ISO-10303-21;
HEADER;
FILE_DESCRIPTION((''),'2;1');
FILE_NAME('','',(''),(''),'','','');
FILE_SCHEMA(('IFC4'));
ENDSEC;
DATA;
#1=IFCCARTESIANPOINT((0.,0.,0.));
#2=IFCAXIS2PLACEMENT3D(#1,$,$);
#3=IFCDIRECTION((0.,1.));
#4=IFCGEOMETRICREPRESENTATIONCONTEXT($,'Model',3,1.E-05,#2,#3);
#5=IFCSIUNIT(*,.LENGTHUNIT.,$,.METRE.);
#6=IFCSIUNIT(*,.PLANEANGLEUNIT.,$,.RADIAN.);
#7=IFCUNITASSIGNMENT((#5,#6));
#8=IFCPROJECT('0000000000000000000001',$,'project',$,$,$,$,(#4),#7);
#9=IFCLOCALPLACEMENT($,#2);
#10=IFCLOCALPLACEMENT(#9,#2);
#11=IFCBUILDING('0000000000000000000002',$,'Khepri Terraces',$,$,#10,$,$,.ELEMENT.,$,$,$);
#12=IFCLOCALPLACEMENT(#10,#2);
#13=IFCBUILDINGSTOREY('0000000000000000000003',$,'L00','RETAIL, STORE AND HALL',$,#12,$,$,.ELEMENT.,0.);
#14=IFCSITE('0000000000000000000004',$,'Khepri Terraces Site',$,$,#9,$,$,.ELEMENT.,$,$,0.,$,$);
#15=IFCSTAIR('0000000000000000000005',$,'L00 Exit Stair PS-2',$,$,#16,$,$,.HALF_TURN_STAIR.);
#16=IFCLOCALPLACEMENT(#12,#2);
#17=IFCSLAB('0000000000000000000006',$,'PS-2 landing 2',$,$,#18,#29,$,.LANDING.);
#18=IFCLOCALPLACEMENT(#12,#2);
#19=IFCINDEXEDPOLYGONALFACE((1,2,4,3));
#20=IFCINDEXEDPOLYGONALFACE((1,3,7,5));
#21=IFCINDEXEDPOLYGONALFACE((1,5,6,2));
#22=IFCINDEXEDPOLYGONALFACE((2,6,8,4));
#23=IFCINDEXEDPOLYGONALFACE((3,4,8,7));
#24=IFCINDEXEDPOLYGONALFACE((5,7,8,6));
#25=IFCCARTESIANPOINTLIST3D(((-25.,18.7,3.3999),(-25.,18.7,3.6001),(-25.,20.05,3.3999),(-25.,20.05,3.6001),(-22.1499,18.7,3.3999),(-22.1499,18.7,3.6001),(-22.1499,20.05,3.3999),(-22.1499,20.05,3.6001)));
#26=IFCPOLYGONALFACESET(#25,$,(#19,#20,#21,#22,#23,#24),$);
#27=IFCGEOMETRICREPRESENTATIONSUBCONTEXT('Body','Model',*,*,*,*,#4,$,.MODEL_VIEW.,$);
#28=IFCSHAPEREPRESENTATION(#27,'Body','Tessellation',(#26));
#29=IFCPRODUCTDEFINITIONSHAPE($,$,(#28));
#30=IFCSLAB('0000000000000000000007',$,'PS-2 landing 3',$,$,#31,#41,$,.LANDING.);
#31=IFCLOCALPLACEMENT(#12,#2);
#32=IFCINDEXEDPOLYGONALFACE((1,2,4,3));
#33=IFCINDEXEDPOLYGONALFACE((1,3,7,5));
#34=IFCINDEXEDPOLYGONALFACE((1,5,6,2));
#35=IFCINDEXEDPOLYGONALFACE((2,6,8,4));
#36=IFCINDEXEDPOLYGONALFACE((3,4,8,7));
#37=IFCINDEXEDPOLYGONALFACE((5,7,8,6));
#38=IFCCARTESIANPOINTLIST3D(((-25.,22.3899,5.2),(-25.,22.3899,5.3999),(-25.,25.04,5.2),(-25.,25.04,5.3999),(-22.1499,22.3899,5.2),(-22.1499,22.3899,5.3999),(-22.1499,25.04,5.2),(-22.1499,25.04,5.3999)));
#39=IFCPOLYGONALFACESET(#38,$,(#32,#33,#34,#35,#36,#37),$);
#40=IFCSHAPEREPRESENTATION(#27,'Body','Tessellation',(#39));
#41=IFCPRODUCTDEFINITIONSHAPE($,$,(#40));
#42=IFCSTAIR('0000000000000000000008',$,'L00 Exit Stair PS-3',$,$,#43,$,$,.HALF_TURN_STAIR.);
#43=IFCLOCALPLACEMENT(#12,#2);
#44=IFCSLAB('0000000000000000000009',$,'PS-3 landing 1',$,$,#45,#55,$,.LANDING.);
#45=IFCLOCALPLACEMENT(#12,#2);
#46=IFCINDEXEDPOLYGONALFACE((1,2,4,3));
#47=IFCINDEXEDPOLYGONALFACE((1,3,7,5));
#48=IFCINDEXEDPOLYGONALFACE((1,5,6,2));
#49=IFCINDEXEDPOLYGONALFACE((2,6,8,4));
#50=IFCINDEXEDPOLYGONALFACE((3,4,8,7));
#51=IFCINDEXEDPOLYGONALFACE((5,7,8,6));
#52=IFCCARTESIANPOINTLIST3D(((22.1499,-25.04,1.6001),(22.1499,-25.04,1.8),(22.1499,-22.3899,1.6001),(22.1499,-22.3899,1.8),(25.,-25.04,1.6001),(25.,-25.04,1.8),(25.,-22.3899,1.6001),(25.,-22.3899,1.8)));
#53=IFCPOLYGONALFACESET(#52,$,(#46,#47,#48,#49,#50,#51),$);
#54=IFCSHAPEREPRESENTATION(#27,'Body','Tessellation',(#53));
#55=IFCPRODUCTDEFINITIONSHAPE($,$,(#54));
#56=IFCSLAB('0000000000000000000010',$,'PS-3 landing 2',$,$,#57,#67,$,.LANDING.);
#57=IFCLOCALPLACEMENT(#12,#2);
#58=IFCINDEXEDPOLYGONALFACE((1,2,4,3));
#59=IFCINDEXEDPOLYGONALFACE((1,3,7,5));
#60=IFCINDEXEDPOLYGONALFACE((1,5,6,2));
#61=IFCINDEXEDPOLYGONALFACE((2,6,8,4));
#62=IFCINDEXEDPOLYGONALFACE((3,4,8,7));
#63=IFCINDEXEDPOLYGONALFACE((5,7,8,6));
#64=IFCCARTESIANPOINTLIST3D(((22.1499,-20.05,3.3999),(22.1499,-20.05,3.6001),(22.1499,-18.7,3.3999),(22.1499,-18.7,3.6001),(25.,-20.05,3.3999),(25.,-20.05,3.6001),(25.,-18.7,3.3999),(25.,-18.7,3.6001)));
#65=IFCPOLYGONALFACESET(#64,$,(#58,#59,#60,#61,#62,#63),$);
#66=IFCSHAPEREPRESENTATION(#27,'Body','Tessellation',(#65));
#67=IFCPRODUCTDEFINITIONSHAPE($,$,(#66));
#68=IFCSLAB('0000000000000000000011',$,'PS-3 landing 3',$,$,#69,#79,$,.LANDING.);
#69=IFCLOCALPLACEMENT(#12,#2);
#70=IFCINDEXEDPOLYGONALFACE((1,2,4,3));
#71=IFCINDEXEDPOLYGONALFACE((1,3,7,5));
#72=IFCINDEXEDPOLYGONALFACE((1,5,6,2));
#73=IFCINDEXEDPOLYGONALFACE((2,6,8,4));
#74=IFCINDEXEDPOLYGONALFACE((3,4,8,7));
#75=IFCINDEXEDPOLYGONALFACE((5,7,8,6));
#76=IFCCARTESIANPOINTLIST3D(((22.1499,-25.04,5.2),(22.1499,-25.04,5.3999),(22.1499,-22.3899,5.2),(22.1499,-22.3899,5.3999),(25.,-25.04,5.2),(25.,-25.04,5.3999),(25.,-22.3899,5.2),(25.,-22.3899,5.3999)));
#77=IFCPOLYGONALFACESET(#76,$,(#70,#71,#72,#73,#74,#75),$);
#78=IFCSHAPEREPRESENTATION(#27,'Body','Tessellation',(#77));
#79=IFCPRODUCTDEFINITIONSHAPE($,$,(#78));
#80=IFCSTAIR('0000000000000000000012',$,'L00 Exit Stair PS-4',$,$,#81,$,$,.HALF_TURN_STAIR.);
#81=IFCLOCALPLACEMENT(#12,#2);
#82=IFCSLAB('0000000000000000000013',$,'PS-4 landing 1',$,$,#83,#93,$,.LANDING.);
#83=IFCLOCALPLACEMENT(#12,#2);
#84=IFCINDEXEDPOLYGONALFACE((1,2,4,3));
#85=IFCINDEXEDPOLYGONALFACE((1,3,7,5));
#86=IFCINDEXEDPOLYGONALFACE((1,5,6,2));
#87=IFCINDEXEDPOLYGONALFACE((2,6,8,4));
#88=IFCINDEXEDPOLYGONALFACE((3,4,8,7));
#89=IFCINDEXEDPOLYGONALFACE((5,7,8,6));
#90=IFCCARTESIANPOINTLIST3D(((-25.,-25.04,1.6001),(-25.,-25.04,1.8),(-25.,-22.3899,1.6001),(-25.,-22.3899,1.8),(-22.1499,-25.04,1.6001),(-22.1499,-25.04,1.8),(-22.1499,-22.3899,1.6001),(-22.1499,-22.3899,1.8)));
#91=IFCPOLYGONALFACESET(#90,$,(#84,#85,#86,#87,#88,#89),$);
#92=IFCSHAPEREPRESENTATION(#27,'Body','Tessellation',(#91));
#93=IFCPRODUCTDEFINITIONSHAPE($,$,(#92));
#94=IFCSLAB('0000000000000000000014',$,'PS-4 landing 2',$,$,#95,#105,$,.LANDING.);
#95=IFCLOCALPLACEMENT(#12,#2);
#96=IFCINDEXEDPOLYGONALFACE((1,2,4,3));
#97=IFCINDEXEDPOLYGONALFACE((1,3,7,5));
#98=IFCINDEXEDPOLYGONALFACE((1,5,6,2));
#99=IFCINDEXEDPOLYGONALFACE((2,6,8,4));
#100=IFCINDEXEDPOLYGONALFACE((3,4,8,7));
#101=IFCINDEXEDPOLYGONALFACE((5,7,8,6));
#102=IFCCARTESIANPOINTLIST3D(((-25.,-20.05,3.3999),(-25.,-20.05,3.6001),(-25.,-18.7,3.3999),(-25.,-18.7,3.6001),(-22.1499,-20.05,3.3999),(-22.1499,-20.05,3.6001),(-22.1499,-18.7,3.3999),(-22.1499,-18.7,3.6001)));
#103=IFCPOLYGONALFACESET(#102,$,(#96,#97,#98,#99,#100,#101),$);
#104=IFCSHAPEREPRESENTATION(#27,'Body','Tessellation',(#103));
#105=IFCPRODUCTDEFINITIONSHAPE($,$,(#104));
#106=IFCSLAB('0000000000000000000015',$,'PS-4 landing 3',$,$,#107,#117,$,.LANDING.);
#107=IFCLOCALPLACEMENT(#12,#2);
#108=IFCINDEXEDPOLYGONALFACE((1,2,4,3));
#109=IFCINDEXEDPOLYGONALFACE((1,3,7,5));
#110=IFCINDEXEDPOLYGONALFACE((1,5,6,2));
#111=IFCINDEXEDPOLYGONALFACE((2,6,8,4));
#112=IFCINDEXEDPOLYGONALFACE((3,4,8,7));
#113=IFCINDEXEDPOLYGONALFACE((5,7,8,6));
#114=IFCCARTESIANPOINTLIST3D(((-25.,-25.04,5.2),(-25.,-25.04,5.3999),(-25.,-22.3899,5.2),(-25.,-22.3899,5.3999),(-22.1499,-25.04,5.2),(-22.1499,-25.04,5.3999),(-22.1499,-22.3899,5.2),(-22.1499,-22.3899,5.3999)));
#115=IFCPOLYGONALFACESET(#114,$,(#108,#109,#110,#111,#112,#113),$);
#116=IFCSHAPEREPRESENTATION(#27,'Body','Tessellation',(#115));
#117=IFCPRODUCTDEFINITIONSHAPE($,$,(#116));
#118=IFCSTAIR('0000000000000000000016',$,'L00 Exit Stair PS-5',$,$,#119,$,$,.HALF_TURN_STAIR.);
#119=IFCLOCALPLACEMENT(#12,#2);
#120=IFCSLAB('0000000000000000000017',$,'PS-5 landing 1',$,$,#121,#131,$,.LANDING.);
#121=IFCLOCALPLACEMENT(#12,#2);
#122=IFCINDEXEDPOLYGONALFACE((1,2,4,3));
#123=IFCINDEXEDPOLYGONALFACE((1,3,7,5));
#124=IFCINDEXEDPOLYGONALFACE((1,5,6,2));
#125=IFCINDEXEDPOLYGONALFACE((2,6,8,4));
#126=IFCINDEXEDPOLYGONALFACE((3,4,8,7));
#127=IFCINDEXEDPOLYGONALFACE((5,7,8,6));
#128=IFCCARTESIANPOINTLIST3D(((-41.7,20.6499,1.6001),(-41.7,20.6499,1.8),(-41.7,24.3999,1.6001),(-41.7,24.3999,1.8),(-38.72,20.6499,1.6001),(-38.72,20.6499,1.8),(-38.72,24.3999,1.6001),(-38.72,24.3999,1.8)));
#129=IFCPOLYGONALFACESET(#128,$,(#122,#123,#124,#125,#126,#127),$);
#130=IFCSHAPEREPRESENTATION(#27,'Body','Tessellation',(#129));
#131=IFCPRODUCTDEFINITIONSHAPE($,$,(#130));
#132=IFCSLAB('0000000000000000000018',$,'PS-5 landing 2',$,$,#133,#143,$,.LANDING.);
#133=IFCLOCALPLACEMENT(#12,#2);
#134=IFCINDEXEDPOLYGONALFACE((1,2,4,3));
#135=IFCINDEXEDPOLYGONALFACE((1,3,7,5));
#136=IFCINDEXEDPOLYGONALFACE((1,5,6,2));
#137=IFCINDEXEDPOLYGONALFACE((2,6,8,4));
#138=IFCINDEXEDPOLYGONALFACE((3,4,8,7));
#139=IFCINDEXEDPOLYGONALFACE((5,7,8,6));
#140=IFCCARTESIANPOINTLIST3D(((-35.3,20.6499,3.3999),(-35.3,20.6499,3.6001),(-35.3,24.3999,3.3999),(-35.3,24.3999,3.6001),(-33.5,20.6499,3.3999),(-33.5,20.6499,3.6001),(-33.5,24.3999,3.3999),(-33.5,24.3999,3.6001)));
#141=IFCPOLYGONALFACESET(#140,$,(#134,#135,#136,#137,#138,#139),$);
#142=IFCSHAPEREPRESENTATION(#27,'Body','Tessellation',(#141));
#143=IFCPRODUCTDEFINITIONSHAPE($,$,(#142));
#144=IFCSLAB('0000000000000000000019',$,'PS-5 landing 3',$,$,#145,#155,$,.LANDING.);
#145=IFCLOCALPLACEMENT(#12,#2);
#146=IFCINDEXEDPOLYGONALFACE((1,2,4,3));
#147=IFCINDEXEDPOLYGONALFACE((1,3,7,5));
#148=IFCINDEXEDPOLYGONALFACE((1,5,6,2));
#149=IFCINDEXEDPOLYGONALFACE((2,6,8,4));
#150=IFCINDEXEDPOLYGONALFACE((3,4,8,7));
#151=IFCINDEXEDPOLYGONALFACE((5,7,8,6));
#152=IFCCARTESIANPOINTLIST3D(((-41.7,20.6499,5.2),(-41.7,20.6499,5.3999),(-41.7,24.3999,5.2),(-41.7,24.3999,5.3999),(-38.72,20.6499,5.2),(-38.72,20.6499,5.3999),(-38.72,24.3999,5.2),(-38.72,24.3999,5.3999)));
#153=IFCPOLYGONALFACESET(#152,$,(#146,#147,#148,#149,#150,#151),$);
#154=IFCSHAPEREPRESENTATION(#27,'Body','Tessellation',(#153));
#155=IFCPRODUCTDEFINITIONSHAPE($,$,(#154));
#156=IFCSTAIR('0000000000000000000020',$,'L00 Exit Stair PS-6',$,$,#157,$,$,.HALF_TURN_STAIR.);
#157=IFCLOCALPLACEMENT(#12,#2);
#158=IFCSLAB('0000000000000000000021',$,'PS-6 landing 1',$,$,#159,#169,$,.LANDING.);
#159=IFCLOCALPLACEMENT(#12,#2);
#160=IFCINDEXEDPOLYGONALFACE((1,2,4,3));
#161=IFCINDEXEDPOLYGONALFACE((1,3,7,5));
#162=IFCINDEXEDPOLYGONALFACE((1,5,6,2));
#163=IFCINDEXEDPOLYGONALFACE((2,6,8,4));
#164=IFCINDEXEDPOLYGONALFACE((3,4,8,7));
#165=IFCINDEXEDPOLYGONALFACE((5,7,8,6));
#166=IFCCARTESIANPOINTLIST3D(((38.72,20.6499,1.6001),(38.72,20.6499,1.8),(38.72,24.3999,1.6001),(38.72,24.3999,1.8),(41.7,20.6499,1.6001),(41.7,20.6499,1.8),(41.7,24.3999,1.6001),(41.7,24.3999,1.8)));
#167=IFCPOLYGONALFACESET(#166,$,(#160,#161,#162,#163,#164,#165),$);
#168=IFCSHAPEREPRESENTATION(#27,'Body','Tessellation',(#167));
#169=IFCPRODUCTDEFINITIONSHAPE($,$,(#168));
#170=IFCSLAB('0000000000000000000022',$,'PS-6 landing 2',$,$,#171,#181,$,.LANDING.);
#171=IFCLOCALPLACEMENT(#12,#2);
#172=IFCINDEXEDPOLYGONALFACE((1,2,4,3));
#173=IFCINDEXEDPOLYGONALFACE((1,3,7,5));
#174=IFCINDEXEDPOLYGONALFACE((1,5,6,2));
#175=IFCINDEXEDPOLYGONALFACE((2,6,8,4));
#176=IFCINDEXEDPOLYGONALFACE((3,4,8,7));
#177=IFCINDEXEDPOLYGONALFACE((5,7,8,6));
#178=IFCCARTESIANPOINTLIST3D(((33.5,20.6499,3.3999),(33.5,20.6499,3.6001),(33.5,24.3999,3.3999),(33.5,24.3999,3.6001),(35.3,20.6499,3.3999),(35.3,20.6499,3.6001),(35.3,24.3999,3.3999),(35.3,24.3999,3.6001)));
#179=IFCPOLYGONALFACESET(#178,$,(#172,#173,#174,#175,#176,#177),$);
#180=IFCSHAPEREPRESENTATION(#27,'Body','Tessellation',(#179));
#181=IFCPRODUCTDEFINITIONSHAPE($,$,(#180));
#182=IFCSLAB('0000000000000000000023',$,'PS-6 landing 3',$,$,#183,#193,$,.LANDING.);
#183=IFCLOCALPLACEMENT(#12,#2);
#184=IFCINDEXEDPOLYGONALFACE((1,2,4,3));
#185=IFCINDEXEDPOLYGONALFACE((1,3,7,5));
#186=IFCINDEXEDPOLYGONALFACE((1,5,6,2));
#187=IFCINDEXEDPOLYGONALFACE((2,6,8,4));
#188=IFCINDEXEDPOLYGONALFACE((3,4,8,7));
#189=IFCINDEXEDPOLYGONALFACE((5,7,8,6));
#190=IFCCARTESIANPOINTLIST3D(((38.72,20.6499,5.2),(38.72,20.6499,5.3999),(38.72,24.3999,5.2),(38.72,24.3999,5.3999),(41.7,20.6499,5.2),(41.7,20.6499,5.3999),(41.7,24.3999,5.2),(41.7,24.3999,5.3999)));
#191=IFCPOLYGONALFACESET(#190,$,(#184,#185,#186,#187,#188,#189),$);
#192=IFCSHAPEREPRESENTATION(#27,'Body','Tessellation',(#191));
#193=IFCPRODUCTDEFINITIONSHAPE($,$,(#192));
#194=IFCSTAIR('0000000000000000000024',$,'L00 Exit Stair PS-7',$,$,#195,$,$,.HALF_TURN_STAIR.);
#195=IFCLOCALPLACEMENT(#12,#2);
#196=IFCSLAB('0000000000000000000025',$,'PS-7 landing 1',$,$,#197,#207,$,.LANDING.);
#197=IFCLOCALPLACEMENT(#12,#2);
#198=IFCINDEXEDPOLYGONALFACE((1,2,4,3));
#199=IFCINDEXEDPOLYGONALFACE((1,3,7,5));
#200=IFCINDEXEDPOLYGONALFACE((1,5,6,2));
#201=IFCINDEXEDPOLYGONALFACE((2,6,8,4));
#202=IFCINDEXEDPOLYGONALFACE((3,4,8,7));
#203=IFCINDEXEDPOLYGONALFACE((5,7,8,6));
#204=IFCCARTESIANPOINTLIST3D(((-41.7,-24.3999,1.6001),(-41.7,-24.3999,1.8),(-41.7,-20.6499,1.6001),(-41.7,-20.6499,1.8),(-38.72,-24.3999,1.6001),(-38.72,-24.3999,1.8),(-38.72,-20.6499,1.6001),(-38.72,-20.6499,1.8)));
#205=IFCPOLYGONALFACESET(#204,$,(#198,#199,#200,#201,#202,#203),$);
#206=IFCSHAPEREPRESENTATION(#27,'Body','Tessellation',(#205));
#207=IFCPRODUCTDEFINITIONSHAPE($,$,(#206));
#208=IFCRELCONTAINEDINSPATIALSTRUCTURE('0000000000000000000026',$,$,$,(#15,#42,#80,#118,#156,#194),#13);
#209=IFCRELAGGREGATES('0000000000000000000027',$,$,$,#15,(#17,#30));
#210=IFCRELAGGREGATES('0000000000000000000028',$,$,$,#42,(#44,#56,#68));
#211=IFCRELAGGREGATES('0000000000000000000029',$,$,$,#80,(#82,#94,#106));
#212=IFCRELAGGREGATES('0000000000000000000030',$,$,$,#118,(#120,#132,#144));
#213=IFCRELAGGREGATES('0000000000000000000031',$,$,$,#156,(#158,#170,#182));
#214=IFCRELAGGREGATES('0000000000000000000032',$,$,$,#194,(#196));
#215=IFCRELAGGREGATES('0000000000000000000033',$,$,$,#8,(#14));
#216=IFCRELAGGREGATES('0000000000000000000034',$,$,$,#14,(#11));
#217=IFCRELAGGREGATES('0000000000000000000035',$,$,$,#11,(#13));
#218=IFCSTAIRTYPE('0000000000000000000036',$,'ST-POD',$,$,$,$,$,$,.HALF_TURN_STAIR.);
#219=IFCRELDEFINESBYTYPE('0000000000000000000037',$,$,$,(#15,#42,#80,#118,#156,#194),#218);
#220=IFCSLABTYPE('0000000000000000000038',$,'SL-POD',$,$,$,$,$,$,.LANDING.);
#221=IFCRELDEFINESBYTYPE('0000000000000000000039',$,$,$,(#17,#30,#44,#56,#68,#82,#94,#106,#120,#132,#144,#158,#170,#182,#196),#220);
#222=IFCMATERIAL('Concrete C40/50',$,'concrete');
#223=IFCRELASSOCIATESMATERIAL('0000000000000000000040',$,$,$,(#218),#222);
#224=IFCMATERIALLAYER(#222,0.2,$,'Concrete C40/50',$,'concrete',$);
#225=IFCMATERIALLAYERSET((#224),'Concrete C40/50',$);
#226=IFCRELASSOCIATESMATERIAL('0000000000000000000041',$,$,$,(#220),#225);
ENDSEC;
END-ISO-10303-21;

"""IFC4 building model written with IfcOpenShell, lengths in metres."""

from ifc_helpers import new_model, si_unit, direction, frame, origin, place, context, subcontext, project, spatial, polyline, outline, extrude, material, layer, layer_set, type_object, element, aggregate, save


model = new_model("IFC4")

# Units and contexts
model_context = context("Model", 3, precision=1e-05, world=origin(), true_north=direction((0.0, 1.0)))
body_context = subcontext(model_context, "Body", "Model", "MODEL_VIEW")
ifc_project = project(units=[si_unit("LENGTHUNIT", "METRE"), si_unit("PLANEANGLEUNIT", "RADIAN")], contexts=[model_context])

# Site, building, storey
site_placement = place(None, origin())
site = spatial("IfcSite", under=ifc_project, at=site_placement, Name="Khepri Terraces Site", CompositionType="ELEMENT", RefElevation=0.0)
building_placement = place(site_placement, origin())
building = spatial("IfcBuilding", under=site, at=building_placement, Name="Khepri Terraces", CompositionType="ELEMENT")
storey_placement = place(building_placement, origin())
storey = spatial("IfcBuildingStorey", under=building, at=storey_placement, Name="L00", Description="RETAIL, STORE AND HALL", CompositionType="ELEMENT", Elevation=0.0)

# Stairs, slabs
ifc_material_1 = material(Name="Concrete C40/50", Category="concrete")
stair_type = type_object("IfcStairType", Name="ST-POD", PredefinedType="HALF_TURN_STAIR", material=ifc_material_1)
stair_1_placement = place(storey_placement, origin())
stair_1 = element("IfcStair", 1, at=stair_1_placement, inside=storey, type_object=stair_type, Name="L00 Exit Stair PS-2", PredefinedType="HALF_TURN_STAIR")
ifc_layer = layer(ifc_material_1, 0.2, Name="Concrete C40/50", Category="concrete")
ifc_layer_set = layer_set([ifc_layer], Name="Concrete C40/50")
slab_type = type_object("IfcSlabType", Name="SL-POD", PredefinedType="LANDING", material=ifc_layer_set)
slab_1_placement = place(storey_placement, frame((0.0, 0.0, 3.3999)))
slab_1 = element("IfcSlab", 2, at=slab_1_placement, type_object=slab_type, Name="PS-2 landing 2", PredefinedType="LANDING", context=body_context, shape_type="SweptSolid", body=[
    extrude(outline(polyline([(-22.1499, 18.7), (-22.1499, 20.05), (-25.0, 20.05), (-25.0, 18.7), (-22.1499, 18.7)])), origin(), (0.0, 0.0, 1.0), 0.2002),
])
slab_2_placement = place(storey_placement, frame((0.0, 0.0, 5.2)))
slab_2 = element("IfcSlab", 3, at=slab_2_placement, type_object=slab_type, Name="PS-2 landing 3", PredefinedType="LANDING", context=body_context, shape_type="SweptSolid", body=[
    extrude(outline(polyline([(-22.1499, 22.3899), (-22.1499, 25.04), (-25.0, 25.04), (-25.0, 22.3899), (-22.1499, 22.3899)])), origin(), (0.0, 0.0, 1.0), 0.2),
])
aggregate(stair_1, [slab_1, slab_2])
stair_2_placement = place(storey_placement, origin())
stair_2 = element("IfcStair", 4, at=stair_2_placement, inside=storey, type_object=stair_type, Name="L00 Exit Stair PS-3", PredefinedType="HALF_TURN_STAIR")
slab_3_placement = place(storey_placement, frame((0.0, 0.0, 1.6001)))
slab_3 = element("IfcSlab", 5, at=slab_3_placement, type_object=slab_type, Name="PS-3 landing 1", PredefinedType="LANDING", context=body_context, shape_type="SweptSolid", body=[
    extrude(outline(polyline([(22.1499, -22.3899), (22.1499, -25.04), (25.0, -25.04), (25.0, -22.3899), (22.1499, -22.3899)])), origin(), (0.0, 0.0, 1.0), 0.2),
])
slab_4_placement = place(storey_placement, frame((0.0, 0.0, 3.3999)))
slab_4 = element("IfcSlab", 6, at=slab_4_placement, type_object=slab_type, Name="PS-3 landing 2", PredefinedType="LANDING", context=body_context, shape_type="SweptSolid", body=[
    extrude(outline(polyline([(22.1499, -18.7), (22.1499, -20.05), (25.0, -20.05), (25.0, -18.7), (22.1499, -18.7)])), origin(), (0.0, 0.0, 1.0), 0.2002),
])
slab_5_placement = place(storey_placement, frame((0.0, 0.0, 5.2)))
slab_5 = element("IfcSlab", 7, at=slab_5_placement, type_object=slab_type, Name="PS-3 landing 3", PredefinedType="LANDING", context=body_context, shape_type="SweptSolid", body=[
    extrude(outline(polyline([(22.1499, -22.3899), (22.1499, -25.04), (25.0, -25.04), (25.0, -22.3899), (22.1499, -22.3899)])), origin(), (0.0, 0.0, 1.0), 0.2),
])
aggregate(stair_2, [slab_3, slab_4, slab_5])
stair_3_placement = place(storey_placement, origin())
stair_3 = element("IfcStair", 8, at=stair_3_placement, inside=storey, type_object=stair_type, Name="L00 Exit Stair PS-4", PredefinedType="HALF_TURN_STAIR")
slab_6_placement = place(storey_placement, frame((0.0, 0.0, 1.6001)))
slab_6 = element("IfcSlab", 9, at=slab_6_placement, type_object=slab_type, Name="PS-4 landing 1", PredefinedType="LANDING", context=body_context, shape_type="SweptSolid", body=[
    extrude(outline(polyline([(-25.0, -22.3899), (-25.0, -25.04), (-22.1499, -25.04), (-22.1499, -22.3899), (-25.0, -22.3899)])), origin(), (0.0, 0.0, 1.0), 0.2),
])
slab_7_placement = place(storey_placement, frame((0.0, 0.0, 3.3999)))
slab_7 = element("IfcSlab", 10, at=slab_7_placement, type_object=slab_type, Name="PS-4 landing 2", PredefinedType="LANDING", context=body_context, shape_type="SweptSolid", body=[
    extrude(outline(polyline([(-25.0, -18.7), (-25.0, -20.05), (-22.1499, -20.05), (-22.1499, -18.7), (-25.0, -18.7)])), origin(), (0.0, 0.0, 1.0), 0.2002),
])
slab_8_placement = place(storey_placement, frame((0.0, 0.0, 5.2)))
slab_8 = element("IfcSlab", 11, at=slab_8_placement, type_object=slab_type, Name="PS-4 landing 3", PredefinedType="LANDING", context=body_context, shape_type="SweptSolid", body=[
    extrude(outline(polyline([(-25.0, -22.3899), (-25.0, -25.04), (-22.1499, -25.04), (-22.1499, -22.3899), (-25.0, -22.3899)])), origin(), (0.0, 0.0, 1.0), 0.2),
])
aggregate(stair_3, [slab_6, slab_7, slab_8])
stair_4_placement = place(storey_placement, origin())
stair_4 = element("IfcStair", 12, at=stair_4_placement, inside=storey, type_object=stair_type, Name="L00 Exit Stair PS-5", PredefinedType="HALF_TURN_STAIR")
slab_9_placement = place(storey_placement, frame((0.0, 0.0, 1.6001)))
slab_9 = element("IfcSlab", 13, at=slab_9_placement, type_object=slab_type, Name="PS-5 landing 1", PredefinedType="LANDING", context=body_context, shape_type="SweptSolid", body=[
    extrude(outline(polyline([(-38.72, 24.3999), (-41.7, 24.3999), (-41.7, 20.6499), (-38.72, 20.6499), (-38.72, 24.3999)])), origin(), (0.0, 0.0, 1.0), 0.2),
])
slab_10_placement = place(storey_placement, frame((0.0, 0.0, 3.3999)))
slab_10 = element("IfcSlab", 14, at=slab_10_placement, type_object=slab_type, Name="PS-5 landing 2", PredefinedType="LANDING", context=body_context, shape_type="SweptSolid", body=[
    extrude(outline(polyline([(-33.5, 24.3999), (-35.3, 24.3999), (-35.3, 20.6499), (-33.5, 20.6499), (-33.5, 24.3999)])), origin(), (0.0, 0.0, 1.0), 0.2002),
])
slab_11_placement = place(storey_placement, frame((0.0, 0.0, 5.2)))
slab_11 = element("IfcSlab", 15, at=slab_11_placement, type_object=slab_type, Name="PS-5 landing 3", PredefinedType="LANDING", context=body_context, shape_type="SweptSolid", body=[
    extrude(outline(polyline([(-38.72, 24.3999), (-41.7, 24.3999), (-41.7, 20.6499), (-38.72, 20.6499), (-38.72, 24.3999)])), origin(), (0.0, 0.0, 1.0), 0.2),
])
aggregate(stair_4, [slab_9, slab_10, slab_11])
stair_5_placement = place(storey_placement, origin())
stair_5 = element("IfcStair", 16, at=stair_5_placement, inside=storey, type_object=stair_type, Name="L00 Exit Stair PS-6", PredefinedType="HALF_TURN_STAIR")
slab_12_placement = place(storey_placement, frame((0.0, 0.0, 1.6001)))
slab_12 = element("IfcSlab", 17, at=slab_12_placement, type_object=slab_type, Name="PS-6 landing 1", PredefinedType="LANDING", context=body_context, shape_type="SweptSolid", body=[
    extrude(outline(polyline([(38.72, 20.6499), (41.7, 20.6499), (41.7, 24.3999), (38.72, 24.3999), (38.72, 20.6499)])), origin(), (0.0, 0.0, 1.0), 0.2),
])
slab_13_placement = place(storey_placement, frame((0.0, 0.0, 3.3999)))
slab_13 = element("IfcSlab", 18, at=slab_13_placement, type_object=slab_type, Name="PS-6 landing 2", PredefinedType="LANDING", context=body_context, shape_type="SweptSolid", body=[
    extrude(outline(polyline([(33.5, 20.6499), (35.3, 20.6499), (35.3, 24.3999), (33.5, 24.3999), (33.5, 20.6499)])), origin(), (0.0, 0.0, 1.0), 0.2002),
])
slab_14_placement = place(storey_placement, frame((0.0, 0.0, 5.2)))
slab_14 = element("IfcSlab", 19, at=slab_14_placement, type_object=slab_type, Name="PS-6 landing 3", PredefinedType="LANDING", context=body_context, shape_type="SweptSolid", body=[
    extrude(outline(polyline([(38.72, 20.6499), (41.7, 20.6499), (41.7, 24.3999), (38.72, 24.3999), (38.72, 20.6499)])), origin(), (0.0, 0.0, 1.0), 0.2),
])
aggregate(stair_5, [slab_12, slab_13, slab_14])
stair_6_placement = place(storey_placement, origin())
stair_6 = element("IfcStair", 20, at=stair_6_placement, inside=storey, type_object=stair_type, Name="L00 Exit Stair PS-7", PredefinedType="HALF_TURN_STAIR")
slab_15_placement = place(storey_placement, frame((0.0, 0.0, 1.6001)))
slab_15 = element("IfcSlab", 21, at=slab_15_placement, type_object=slab_type, Name="PS-7 landing 1", PredefinedType="LANDING", context=body_context, shape_type="SweptSolid", body=[
    extrude(outline(polyline([(-38.72, -20.6499), (-41.7, -20.6499), (-41.7, -24.3999), (-38.72, -24.3999), (-38.72, -20.6499)])), origin(), (0.0, 0.0, 1.0), 0.2),
])
aggregate(stair_6, [slab_15])

save(model, "model.ifc")
